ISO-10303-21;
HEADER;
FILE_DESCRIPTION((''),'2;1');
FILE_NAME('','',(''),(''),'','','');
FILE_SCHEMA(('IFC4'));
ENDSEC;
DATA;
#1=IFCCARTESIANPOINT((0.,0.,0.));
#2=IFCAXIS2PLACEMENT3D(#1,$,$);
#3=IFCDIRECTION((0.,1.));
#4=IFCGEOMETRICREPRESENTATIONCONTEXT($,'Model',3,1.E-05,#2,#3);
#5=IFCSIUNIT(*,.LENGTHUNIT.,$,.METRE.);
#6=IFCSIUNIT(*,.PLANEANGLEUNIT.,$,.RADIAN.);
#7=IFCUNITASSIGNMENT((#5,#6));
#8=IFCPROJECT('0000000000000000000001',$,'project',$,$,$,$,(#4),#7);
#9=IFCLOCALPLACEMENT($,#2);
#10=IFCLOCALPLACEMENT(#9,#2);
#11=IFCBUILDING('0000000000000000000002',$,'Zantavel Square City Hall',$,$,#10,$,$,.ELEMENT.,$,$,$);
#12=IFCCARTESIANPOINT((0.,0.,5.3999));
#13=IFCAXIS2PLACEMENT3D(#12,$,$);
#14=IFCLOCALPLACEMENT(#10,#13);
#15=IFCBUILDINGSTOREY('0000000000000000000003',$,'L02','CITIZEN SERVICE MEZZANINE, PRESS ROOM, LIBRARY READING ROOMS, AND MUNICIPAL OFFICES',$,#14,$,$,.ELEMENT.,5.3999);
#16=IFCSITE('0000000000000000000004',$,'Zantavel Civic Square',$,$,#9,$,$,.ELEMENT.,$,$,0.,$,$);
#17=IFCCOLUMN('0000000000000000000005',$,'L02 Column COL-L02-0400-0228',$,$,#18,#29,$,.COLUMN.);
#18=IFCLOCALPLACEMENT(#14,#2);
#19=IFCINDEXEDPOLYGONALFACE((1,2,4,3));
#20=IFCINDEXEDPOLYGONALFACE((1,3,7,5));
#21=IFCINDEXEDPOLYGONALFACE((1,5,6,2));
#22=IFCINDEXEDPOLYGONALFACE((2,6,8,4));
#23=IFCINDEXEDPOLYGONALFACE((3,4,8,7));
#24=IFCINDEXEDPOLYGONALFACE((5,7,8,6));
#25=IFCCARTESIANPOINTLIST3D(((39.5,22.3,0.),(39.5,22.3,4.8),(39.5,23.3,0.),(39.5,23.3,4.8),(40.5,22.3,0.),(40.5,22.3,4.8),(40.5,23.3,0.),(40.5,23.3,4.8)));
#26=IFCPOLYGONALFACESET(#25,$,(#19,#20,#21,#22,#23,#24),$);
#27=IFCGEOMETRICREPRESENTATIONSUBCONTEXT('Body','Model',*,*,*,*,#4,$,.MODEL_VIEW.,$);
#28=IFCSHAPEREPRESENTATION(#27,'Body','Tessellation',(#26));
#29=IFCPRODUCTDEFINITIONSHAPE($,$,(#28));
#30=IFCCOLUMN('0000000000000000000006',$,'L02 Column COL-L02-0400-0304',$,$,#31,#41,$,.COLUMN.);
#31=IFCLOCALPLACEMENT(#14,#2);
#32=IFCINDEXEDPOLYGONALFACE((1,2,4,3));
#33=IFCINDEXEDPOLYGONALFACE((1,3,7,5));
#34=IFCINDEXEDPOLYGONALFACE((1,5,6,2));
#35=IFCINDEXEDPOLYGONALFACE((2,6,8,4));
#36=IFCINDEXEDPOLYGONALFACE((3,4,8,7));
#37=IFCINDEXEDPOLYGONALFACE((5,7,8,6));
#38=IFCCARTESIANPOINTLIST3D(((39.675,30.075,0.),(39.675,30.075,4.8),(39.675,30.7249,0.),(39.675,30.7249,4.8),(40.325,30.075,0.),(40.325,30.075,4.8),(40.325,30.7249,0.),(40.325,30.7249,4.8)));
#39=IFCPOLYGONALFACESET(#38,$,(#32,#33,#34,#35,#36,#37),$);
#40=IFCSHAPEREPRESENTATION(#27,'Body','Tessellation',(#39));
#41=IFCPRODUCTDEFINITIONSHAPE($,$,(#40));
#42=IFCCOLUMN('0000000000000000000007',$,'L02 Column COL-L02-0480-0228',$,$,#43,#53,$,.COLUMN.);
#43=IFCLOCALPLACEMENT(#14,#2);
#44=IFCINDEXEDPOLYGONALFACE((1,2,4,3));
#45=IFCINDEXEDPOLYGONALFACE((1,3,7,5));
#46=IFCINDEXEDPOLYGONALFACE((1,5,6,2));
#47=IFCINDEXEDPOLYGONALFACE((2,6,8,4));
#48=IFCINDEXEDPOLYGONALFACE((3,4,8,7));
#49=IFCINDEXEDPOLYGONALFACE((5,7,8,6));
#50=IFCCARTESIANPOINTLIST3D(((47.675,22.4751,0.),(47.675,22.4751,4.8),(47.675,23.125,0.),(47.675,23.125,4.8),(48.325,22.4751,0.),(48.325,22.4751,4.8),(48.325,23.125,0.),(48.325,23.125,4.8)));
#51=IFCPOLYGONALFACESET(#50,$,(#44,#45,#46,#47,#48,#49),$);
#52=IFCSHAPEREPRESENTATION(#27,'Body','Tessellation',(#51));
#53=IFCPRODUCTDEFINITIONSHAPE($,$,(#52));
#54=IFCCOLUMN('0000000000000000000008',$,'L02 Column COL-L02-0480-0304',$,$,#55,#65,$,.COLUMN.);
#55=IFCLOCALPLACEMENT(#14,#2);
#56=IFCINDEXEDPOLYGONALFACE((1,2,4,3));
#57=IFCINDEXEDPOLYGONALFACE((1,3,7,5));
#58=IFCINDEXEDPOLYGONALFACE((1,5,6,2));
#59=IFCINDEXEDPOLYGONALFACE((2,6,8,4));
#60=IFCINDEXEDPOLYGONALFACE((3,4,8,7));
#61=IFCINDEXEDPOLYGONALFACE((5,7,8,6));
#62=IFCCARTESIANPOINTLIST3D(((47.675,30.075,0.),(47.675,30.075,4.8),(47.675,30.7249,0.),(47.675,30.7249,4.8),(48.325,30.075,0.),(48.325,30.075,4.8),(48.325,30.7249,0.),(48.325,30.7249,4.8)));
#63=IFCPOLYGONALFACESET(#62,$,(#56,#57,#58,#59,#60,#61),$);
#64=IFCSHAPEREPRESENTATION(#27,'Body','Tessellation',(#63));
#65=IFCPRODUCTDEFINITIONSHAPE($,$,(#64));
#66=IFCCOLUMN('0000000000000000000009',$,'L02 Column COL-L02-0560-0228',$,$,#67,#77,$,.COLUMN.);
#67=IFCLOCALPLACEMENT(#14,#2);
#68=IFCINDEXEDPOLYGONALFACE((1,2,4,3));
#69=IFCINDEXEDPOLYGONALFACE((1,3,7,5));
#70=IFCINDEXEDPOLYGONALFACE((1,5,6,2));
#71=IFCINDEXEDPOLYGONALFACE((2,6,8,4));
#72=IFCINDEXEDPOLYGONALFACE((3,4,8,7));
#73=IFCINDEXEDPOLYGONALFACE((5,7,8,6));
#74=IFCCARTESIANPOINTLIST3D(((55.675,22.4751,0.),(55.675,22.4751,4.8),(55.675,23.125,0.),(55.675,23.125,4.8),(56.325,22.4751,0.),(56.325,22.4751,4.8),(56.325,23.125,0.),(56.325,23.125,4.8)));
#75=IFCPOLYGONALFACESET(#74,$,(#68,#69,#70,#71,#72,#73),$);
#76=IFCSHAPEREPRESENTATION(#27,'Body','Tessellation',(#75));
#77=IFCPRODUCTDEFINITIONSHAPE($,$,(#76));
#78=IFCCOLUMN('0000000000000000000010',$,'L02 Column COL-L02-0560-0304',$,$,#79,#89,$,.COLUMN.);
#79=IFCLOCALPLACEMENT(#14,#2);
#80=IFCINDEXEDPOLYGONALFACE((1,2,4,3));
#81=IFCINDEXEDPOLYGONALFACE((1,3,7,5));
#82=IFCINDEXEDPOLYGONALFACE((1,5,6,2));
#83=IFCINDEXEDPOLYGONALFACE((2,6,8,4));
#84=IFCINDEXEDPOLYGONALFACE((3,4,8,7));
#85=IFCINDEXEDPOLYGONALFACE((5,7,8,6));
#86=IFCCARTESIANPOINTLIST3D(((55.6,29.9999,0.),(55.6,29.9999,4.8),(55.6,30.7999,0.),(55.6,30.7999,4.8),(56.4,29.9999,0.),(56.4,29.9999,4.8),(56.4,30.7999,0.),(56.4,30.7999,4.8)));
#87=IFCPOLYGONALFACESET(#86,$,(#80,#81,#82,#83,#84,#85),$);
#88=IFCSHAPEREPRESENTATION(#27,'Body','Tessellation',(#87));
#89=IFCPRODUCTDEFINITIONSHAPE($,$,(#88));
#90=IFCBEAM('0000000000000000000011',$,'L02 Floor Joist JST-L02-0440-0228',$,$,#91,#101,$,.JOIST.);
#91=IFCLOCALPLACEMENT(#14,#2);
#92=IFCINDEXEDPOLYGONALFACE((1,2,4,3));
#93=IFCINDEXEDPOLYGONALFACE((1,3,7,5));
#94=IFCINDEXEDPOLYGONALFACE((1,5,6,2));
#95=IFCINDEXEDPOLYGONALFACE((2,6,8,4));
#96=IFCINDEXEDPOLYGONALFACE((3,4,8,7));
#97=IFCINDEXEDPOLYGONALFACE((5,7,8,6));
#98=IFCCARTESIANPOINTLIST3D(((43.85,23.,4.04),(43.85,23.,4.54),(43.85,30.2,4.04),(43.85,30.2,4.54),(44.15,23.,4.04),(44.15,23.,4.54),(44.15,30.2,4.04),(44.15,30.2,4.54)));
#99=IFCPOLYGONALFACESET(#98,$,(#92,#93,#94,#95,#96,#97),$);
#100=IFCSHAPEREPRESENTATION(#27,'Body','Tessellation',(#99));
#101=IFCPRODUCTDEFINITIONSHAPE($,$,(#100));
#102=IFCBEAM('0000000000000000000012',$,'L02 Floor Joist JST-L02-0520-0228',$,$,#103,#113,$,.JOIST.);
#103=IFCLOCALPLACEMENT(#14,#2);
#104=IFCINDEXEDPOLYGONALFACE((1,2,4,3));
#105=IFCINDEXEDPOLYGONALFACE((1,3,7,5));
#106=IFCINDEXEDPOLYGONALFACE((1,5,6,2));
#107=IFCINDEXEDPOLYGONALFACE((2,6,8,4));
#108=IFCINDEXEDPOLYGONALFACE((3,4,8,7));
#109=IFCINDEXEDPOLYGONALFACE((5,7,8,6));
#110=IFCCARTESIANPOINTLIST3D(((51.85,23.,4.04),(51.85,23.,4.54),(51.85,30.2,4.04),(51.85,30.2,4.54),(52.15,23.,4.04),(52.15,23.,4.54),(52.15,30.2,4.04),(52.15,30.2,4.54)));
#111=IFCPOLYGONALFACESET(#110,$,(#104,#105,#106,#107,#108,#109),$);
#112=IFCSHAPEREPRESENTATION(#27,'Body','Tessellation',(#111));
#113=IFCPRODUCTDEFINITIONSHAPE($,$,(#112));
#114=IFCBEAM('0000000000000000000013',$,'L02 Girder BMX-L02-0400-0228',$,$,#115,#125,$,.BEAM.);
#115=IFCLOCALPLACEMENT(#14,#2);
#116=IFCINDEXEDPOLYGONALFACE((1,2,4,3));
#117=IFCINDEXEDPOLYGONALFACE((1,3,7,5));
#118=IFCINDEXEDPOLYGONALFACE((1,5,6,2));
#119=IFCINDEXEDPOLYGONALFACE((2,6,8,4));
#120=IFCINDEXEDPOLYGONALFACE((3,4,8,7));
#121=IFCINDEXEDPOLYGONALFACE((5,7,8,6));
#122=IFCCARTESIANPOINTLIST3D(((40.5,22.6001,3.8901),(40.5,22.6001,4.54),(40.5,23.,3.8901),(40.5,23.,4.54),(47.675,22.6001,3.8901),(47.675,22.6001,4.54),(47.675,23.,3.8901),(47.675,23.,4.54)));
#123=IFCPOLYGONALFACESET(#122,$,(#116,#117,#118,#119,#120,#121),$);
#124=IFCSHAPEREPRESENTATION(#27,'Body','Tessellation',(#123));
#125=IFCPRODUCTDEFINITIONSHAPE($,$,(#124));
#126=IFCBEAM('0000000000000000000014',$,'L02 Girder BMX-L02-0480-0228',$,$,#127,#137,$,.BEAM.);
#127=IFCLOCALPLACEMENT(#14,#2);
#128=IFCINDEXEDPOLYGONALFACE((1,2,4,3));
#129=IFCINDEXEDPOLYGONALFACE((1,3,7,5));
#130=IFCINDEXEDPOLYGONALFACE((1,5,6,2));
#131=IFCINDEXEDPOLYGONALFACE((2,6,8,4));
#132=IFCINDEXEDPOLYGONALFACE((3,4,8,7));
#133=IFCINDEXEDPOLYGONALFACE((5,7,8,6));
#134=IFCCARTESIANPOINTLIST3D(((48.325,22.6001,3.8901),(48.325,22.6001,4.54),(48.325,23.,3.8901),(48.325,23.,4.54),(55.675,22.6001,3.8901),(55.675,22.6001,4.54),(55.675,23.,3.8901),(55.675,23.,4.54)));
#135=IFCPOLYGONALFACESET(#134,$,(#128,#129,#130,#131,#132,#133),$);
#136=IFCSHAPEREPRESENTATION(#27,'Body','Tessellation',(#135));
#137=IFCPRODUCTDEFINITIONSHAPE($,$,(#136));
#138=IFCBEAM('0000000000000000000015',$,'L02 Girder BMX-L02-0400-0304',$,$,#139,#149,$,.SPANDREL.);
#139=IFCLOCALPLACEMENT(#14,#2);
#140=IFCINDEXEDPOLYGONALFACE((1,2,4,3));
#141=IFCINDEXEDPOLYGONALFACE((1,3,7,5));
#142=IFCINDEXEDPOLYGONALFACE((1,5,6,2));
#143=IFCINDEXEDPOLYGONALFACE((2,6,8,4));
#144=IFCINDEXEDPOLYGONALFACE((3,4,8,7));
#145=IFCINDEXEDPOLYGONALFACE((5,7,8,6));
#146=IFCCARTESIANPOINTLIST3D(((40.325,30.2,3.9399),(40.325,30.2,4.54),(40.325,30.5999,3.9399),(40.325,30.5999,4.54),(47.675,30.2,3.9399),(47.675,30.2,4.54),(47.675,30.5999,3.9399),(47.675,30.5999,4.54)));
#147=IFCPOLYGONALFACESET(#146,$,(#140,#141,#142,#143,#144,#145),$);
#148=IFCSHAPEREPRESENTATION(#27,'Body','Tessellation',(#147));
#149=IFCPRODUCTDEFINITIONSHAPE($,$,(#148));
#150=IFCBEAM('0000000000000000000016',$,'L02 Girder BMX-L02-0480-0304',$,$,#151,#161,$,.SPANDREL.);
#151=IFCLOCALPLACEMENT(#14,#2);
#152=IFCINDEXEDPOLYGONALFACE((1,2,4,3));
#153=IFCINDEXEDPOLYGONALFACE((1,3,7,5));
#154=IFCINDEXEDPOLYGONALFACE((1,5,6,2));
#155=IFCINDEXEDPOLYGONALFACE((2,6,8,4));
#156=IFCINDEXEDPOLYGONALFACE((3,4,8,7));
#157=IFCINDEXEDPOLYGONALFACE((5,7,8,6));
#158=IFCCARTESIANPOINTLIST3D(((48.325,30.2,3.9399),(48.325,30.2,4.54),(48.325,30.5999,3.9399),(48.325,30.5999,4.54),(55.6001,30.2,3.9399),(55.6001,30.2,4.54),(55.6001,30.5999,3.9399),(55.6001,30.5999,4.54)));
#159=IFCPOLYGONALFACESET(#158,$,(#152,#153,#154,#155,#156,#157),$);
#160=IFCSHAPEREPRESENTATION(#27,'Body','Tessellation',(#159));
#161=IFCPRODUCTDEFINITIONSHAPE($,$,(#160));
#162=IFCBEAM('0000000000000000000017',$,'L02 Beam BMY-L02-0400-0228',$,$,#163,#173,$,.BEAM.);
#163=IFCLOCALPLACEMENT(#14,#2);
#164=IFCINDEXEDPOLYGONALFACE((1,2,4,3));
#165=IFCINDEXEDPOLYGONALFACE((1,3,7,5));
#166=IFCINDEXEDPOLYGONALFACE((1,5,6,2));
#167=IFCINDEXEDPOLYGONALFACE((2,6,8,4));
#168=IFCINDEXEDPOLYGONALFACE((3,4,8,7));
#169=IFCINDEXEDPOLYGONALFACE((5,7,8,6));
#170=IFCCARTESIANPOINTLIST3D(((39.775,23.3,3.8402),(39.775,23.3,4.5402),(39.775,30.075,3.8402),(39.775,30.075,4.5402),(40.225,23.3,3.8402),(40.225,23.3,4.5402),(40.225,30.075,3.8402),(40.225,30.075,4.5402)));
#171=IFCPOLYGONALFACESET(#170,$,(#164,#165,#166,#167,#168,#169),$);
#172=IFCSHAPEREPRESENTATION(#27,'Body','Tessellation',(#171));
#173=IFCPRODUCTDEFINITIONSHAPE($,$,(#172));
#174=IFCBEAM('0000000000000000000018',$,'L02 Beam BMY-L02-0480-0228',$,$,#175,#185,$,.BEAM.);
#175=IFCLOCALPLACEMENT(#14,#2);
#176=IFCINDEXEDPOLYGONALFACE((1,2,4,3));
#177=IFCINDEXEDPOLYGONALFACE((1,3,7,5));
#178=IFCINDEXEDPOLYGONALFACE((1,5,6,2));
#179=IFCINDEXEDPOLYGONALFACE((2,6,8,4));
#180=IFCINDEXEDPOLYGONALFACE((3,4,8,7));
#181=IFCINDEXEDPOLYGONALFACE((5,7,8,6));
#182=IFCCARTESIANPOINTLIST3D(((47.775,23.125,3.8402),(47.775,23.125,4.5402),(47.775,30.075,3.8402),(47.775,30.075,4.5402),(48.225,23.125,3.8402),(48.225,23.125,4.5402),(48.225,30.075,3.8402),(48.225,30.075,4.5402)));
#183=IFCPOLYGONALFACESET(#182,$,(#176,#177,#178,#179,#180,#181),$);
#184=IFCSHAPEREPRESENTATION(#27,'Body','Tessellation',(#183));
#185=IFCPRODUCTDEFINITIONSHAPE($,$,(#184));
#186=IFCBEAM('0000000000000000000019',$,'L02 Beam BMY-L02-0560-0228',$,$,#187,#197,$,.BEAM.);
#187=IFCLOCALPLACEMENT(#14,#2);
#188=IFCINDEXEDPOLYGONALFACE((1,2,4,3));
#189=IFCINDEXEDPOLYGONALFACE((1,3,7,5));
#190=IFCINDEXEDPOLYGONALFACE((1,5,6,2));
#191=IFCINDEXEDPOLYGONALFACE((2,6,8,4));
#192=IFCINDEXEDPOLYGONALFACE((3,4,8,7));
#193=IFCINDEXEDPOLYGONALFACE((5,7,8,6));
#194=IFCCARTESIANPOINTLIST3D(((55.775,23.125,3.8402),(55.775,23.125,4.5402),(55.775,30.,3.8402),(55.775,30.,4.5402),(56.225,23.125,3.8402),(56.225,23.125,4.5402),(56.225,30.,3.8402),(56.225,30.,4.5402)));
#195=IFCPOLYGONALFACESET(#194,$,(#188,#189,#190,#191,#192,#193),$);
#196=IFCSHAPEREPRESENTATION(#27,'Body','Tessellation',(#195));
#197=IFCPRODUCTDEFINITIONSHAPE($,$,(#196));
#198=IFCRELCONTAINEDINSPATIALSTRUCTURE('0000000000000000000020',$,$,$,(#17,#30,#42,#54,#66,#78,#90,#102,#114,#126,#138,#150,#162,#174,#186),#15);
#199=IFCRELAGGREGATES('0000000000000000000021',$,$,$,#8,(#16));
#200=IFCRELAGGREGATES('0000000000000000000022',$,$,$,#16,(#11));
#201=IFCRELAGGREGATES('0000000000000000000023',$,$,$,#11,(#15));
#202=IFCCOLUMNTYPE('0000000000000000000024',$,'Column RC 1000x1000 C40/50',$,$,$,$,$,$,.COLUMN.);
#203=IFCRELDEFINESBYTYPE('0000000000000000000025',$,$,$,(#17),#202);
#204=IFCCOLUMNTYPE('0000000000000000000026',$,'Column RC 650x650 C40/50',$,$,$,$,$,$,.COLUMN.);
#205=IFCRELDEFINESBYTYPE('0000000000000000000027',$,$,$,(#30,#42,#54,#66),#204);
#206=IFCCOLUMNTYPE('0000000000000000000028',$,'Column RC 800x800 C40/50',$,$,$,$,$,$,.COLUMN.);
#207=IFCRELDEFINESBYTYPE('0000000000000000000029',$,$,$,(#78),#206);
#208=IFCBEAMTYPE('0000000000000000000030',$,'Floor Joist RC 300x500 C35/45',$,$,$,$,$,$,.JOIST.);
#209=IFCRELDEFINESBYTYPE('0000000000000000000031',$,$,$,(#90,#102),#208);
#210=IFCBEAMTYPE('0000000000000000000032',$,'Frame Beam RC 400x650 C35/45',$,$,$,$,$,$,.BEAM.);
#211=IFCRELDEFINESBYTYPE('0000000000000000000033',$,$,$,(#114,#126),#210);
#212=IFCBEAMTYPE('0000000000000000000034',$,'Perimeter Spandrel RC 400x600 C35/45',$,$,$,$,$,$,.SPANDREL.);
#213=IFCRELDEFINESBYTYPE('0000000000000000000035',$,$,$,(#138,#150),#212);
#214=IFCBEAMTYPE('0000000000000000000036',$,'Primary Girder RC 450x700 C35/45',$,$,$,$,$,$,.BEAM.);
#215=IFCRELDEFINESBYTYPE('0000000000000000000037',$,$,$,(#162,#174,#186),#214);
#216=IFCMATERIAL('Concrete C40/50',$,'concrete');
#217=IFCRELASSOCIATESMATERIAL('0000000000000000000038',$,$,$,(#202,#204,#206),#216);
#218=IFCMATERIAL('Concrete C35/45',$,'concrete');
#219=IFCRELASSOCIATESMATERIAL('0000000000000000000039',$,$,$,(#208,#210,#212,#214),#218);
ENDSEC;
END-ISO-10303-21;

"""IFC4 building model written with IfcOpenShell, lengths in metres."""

from ifc_helpers import new_model, si_unit, direction, frame, origin, origin_2d, place, context, subcontext, project, spatial, rectangle, extrude, material, material_profile, profile_set, type_object, element, save


model = new_model("IFC4")

# Units and contexts
model_context = context("Model", 3, precision=1e-05, world=origin(), true_north=direction((0.0, 1.0)))
body_context = subcontext(model_context, "Body", "Model", "MODEL_VIEW")
ifc_project = project(units=[si_unit("LENGTHUNIT", "METRE"), si_unit("PLANEANGLEUNIT", "RADIAN")], contexts=[model_context])

# Site, building, storey
site_placement = place(None, origin())
site = spatial("IfcSite", under=ifc_project, at=site_placement, Name="Zantavel Civic Square", CompositionType="ELEMENT", RefElevation=0.0)
building_placement = place(site_placement, origin())
building = spatial("IfcBuilding", under=site, at=building_placement, Name="Zantavel Square City Hall", CompositionType="ELEMENT")
storey_placement = place(building_placement, frame((0.0, 0.0, 5.3999)))
storey = spatial("IfcBuildingStorey", under=building, at=storey_placement, Name="L02", Description="CITIZEN SERVICE MEZZANINE, PRESS ROOM, LIBRARY READING ROOMS, AND MUNICIPAL OFFICES", CompositionType="ELEMENT", Elevation=5.3999)

# Columns
ifc_material_1 = material(Name="Concrete C40/50", Category="concrete")
ifc_material_profile_1 = material_profile(ifc_material_1, rectangle(XDim=1.0, YDim=1.0, at=origin_2d()), Name="RC 1000x1000")
ifc_profile_set_1 = profile_set([ifc_material_profile_1], Name="Concrete C40/50")
column_type_1 = type_object("IfcColumnType", Name="Column RC 1000x1000 C40/50", PredefinedType="COLUMN", material=ifc_profile_set_1)
column_1_placement = place(storey_placement, frame((40.0, 22.8, 0.0), z_axis=(0.0, 0.0, 1.0), x_axis=(1.0, 0.0, 0.0)))
element("IfcColumn", 1, at=column_1_placement, inside=storey, type_object=column_type_1, Name="L02 Column COL-L02-0400-0228", PredefinedType="COLUMN", context=body_context, shape_type="SweptSolid", body=[
    extrude(rectangle(XDim=1.0, YDim=1.0, at=origin_2d()), origin(), (0.0, 0.0, 1.0), 4.8),
])
ifc_material_profile_2 = material_profile(ifc_material_1, rectangle(XDim=0.6499, YDim=0.6499, at=origin_2d()), Name="RC 650x650")
ifc_profile_set_2 = profile_set([ifc_material_profile_2], Name="Concrete C40/50")
column_type_2 = type_object("IfcColumnType", Name="Column RC 650x650 C40/50", PredefinedType="COLUMN", material=ifc_profile_set_2)
for number, where, z_axis, x_axis, name in (
    (2, (40.0, 30.3999, 0.0), (0.0, 0.0, 1.0), (1.0, 0.0, 0.0), "L02 Column COL-L02-0400-0304"),
    (3, (48.0, 22.8, 0.0), (0.0, 0.0, 1.0), (1.0, 0.0, 0.0), "L02 Column COL-L02-0480-0228"),
    (4, (48.0, 30.3999, 0.0), (0.0, 0.0, 1.0), (1.0, 0.0, 0.0), "L02 Column COL-L02-0480-0304"),
    (5, (56.0, 22.8, 0.0), (0.0, 0.0, 1.0), (1.0, 0.0, 0.0), "L02 Column COL-L02-0560-0228"),
):
    element("IfcColumn", number, at=place(storey_placement, frame(where, z_axis=z_axis, x_axis=x_axis)), inside=storey, type_object=column_type_2, Name=name, PredefinedType="COLUMN", context=body_context, shape_type="SweptSolid", body=[
        extrude(rectangle(XDim=0.6499, YDim=0.6499, at=origin_2d()), origin(), (0.0, 0.0, 1.0), 4.8),
    ])
ifc_material_profile_3 = material_profile(ifc_material_1, rectangle(XDim=0.8, YDim=0.8, at=origin_2d()), Name="RC 800x800")
ifc_profile_set_3 = profile_set([ifc_material_profile_3], Name="Concrete C40/50")
column_type_3 = type_object("IfcColumnType", Name="Column RC 800x800 C40/50", PredefinedType="COLUMN", material=ifc_profile_set_3)
column_2_placement = place(storey_placement, frame((56.0, 30.3999, 0.0), z_axis=(0.0, 0.0, 1.0), x_axis=(1.0, 0.0, 0.0)))
element("IfcColumn", 6, at=column_2_placement, inside=storey, type_object=column_type_3, Name="L02 Column COL-L02-0560-0304", PredefinedType="COLUMN", context=body_context, shape_type="SweptSolid", body=[
    extrude(rectangle(XDim=0.8, YDim=0.8, at=origin_2d()), origin(), (0.0, 0.0, 1.0), 4.8),
])

# Beams
ifc_material_2 = material(Name="Concrete C35/45", Category="concrete")
ifc_material_profile_4 = material_profile(ifc_material_2, rectangle(XDim=0.3, YDim=0.5, at=origin_2d()), Name="RC 300x500")
ifc_profile_set_4 = profile_set([ifc_material_profile_4], Name="Concrete C35/45")
beam_type_1 = type_object("IfcBeamType", Name="Floor Joist RC 300x500 C35/45", PredefinedType="JOIST", material=ifc_profile_set_4)
for number, where, z_axis, x_axis, name in (
    (7, (44.0, 23.0, 4.29), (0.0, 1.0, 0.0), (-1.0, 0.0, 0.0), "L02 Floor Joist JST-L02-0440-0228"),
    (8, (52.0, 23.0, 4.29), (0.0, 1.0, 0.0), (-1.0, 0.0, 0.0), "L02 Floor Joist JST-L02-0520-0228"),
):
    element("IfcBeam", number, at=place(storey_placement, frame(where, z_axis=z_axis, x_axis=x_axis)), inside=storey, type_object=beam_type_1, Name=name, PredefinedType="JOIST", context=body_context, shape_type="SweptSolid", body=[
        extrude(rectangle(XDim=0.3, YDim=0.5, at=origin_2d()), origin(), (0.0, 0.0, 1.0), 7.2),
    ])
ifc_material_profile_5 = material_profile(ifc_material_2, rectangle(XDim=0.3999, YDim=0.6499, at=origin_2d()), Name="RC 400x650")
ifc_profile_set_5 = profile_set([ifc_material_profile_5], Name="Concrete C35/45")
beam_type_2 = type_object("IfcBeamType", Name="Frame Beam RC 400x650 C35/45", PredefinedType="BEAM", material=ifc_profile_set_5)
beam_1_placement = place(storey_placement, frame((40.5, 22.8, 4.2151), z_axis=(1.0, 0.0, 0.0), x_axis=(0.0, 1.0, 0.0)))
element("IfcBeam", 9, at=beam_1_placement, inside=storey, type_object=beam_type_2, Name="L02 Girder BMX-L02-0400-0228", PredefinedType="BEAM", context=body_context, shape_type="SweptSolid", body=[
    extrude(rectangle(XDim=0.3999, YDim=0.6499, at=origin_2d()), origin(), (0.0, 0.0, 1.0), 7.175),
])
beam_2_placement = place(storey_placement, frame((48.325, 22.8, 4.2151), z_axis=(1.0, 0.0, 0.0), x_axis=(0.0, 1.0, 0.0)))
element("IfcBeam", 10, at=beam_2_placement, inside=storey, type_object=beam_type_2, Name="L02 Girder BMX-L02-0480-0228", PredefinedType="BEAM", context=body_context, shape_type="SweptSolid", body=[
    extrude(rectangle(XDim=0.3999, YDim=0.6499, at=origin_2d()), origin(), (0.0, 0.0, 1.0), 7.3501),
])
ifc_material_profile_6 = material_profile(ifc_material_2, rectangle(XDim=0.3999, YDim=0.6001, at=origin_2d()), Name="RC 400x600")
ifc_profile_set_6 = profile_set([ifc_material_profile_6], Name="Concrete C35/45")
beam_type_3 = type_object("IfcBeamType", Name="Perimeter Spandrel RC 400x600 C35/45", PredefinedType="SPANDREL", material=ifc_profile_set_6)
beam_3_placement = place(storey_placement, frame((40.325, 30.3999, 4.24), z_axis=(1.0, 0.0, 0.0), x_axis=(0.0, 1.0, 0.0)))
element("IfcBeam", 11, at=beam_3_placement, inside=storey, type_object=beam_type_3, Name="L02 Girder BMX-L02-0400-0304", PredefinedType="SPANDREL", context=body_context, shape_type="SweptSolid", body=[
    extrude(rectangle(XDim=0.3999, YDim=0.6001, at=origin_2d()), origin(), (0.0, 0.0, 1.0), 7.3501),
])
beam_4_placement = place(storey_placement, frame((48.325, 30.3999, 4.24), z_axis=(1.0, 0.0, 0.0), x_axis=(0.0, 1.0, 0.0)))
element("IfcBeam", 12, at=beam_4_placement, inside=storey, type_object=beam_type_3, Name="L02 Girder BMX-L02-0480-0304", PredefinedType="SPANDREL", context=body_context, shape_type="SweptSolid", body=[
    extrude(rectangle(XDim=0.3999, YDim=0.6001, at=origin_2d()), origin(), (0.0, 0.0, 1.0), 7.2751),
])
ifc_material_profile_7 = material_profile(ifc_material_2, rectangle(XDim=0.45, YDim=0.7, at=origin_2d()), Name="RC 450x700")
ifc_profile_set_7 = profile_set([ifc_material_profile_7], Name="Concrete C35/45")
beam_type_4 = type_object("IfcBeamType", Name="Primary Girder RC 450x700 C35/45", PredefinedType="BEAM", material=ifc_profile_set_7)
beam_5_placement = place(storey_placement, frame((40.0, 23.3, 4.1902), z_axis=(0.0, 1.0, 0.0), x_axis=(-1.0, 0.0, 0.0)))
element("IfcBeam", 13, at=beam_5_placement, inside=storey, type_object=beam_type_4, Name="L02 Beam BMY-L02-0400-0228", PredefinedType="BEAM", context=body_context, shape_type="SweptSolid", body=[
    extrude(rectangle(XDim=0.45, YDim=0.7, at=origin_2d()), origin(), (0.0, 0.0, 1.0), 6.7749),
])
beam_6_placement = place(storey_placement, frame((48.0, 23.125, 4.1902), z_axis=(0.0, 1.0, 0.0), x_axis=(-1.0, 0.0, 0.0)))
element("IfcBeam", 14, at=beam_6_placement, inside=storey, type_object=beam_type_4, Name="L02 Beam BMY-L02-0480-0228", PredefinedType="BEAM", context=body_context, shape_type="SweptSolid", body=[
    extrude(rectangle(XDim=0.45, YDim=0.7, at=origin_2d()), origin(), (0.0, 0.0, 1.0), 6.95),
])
beam_7_placement = place(storey_placement, frame((56.0, 23.125, 4.1902), z_axis=(0.0, 1.0, 0.0), x_axis=(-1.0, 0.0, 0.0)))
element("IfcBeam", 15, at=beam_7_placement, inside=storey, type_object=beam_type_4, Name="L02 Beam BMY-L02-0560-0228", PredefinedType="BEAM", context=body_context, shape_type="SweptSolid", body=[
    extrude(rectangle(XDim=0.45, YDim=0.7, at=origin_2d()), origin(), (0.0, 0.0, 1.0), 6.875),
])

save(model, "model.ifc")
